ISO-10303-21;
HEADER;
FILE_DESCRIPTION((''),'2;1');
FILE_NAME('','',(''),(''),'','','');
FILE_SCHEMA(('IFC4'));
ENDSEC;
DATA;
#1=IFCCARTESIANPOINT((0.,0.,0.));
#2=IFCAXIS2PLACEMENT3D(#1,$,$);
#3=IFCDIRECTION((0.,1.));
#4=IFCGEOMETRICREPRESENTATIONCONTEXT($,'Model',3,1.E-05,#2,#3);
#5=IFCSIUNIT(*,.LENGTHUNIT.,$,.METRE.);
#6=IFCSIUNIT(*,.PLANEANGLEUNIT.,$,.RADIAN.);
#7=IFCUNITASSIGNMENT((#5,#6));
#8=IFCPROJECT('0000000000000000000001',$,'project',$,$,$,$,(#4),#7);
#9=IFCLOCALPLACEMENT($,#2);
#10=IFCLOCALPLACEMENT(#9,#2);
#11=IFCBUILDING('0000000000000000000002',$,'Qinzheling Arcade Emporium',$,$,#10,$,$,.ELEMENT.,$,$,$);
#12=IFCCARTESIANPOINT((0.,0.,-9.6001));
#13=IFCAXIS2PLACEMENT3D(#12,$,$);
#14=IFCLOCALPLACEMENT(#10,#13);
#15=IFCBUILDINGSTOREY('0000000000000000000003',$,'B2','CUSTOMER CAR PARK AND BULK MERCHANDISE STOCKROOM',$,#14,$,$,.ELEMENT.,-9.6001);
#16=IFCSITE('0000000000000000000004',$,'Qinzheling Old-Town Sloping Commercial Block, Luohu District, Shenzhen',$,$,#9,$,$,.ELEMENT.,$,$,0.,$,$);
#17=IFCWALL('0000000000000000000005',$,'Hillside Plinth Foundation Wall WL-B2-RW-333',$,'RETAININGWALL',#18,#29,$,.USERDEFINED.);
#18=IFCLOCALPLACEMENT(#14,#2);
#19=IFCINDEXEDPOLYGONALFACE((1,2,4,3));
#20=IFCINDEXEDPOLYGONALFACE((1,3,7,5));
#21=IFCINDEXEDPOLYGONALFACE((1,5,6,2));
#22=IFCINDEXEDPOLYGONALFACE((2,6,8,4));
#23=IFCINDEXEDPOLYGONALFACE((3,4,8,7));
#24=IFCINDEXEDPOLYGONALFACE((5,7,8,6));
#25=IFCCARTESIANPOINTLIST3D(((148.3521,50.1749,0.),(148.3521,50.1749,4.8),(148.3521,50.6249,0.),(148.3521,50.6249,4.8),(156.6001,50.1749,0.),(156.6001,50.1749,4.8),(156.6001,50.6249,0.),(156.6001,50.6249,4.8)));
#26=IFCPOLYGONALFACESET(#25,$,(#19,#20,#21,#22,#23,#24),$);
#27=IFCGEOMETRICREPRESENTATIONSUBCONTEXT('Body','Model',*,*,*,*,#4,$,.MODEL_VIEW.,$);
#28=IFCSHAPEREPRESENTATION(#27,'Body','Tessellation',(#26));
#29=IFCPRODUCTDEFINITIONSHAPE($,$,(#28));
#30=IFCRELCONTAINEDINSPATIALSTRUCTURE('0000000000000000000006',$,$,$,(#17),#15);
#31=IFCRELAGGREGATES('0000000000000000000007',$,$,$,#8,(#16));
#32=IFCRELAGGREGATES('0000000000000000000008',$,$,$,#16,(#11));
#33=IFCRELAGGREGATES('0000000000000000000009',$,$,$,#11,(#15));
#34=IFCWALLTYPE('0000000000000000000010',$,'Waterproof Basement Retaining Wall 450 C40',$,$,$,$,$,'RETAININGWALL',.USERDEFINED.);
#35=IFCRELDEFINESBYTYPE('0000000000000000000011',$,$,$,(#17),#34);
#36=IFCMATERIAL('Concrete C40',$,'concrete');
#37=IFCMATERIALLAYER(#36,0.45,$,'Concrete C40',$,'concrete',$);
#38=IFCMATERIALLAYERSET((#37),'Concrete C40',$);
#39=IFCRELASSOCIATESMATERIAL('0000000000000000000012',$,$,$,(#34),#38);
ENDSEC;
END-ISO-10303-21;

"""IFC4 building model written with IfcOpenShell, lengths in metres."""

from ifc_helpers import new_model, si_unit, direction, frame, frame_2d, origin, place, context, subcontext, project, spatial, rectangle, extrude, material, layer, layer_set, type_object, element, save


model = new_model("IFC4")

# Units and contexts
model_context = context("Model", 3, precision=1e-05, world=origin(), true_north=direction((0.0, 1.0)))
body_context = subcontext(model_context, "Body", "Model", "MODEL_VIEW")
ifc_project = project(units=[si_unit("LENGTHUNIT", "METRE"), si_unit("PLANEANGLEUNIT", "RADIAN")], contexts=[model_context])

# Site, building, storey
site_placement = place(None, origin())
site = spatial("IfcSite", under=ifc_project, at=site_placement, Name="Qinzheling Old-Town Sloping Commercial Block, Luohu District, Shenzhen", CompositionType="ELEMENT", RefElevation=0.0)
building_placement = place(site_placement, origin())
building = spatial("IfcBuilding", under=site, at=building_placement, Name="Qinzheling Arcade Emporium", CompositionType="ELEMENT")
storey_placement = place(building_placement, frame((0.0, 0.0, -9.6001)))
storey = spatial("IfcBuildingStorey", under=building, at=storey_placement, Name="B2", Description="CUSTOMER CAR PARK AND BULK MERCHANDISE STOCKROOM", CompositionType="ELEMENT", Elevation=-9.6001)

# Shared definitions
ifc_material_1 = material(Name="Concrete C40", Category="concrete")

# Wall
ifc_layer_1 = layer(ifc_material_1, 0.45, Name="Concrete C40", Category="concrete")
ifc_layer_set_1 = layer_set([ifc_layer_1], Name="Concrete C40")
wall_type_1 = type_object("IfcWallType", Name="Waterproof Basement Retaining Wall 450 C40", ElementType="RETAININGWALL", PredefinedType="USERDEFINED", material=ifc_layer_set_1)
wall_1_placement = place(storey_placement, frame((148.3521, 50.3999, 0.0), z_axis=(0.0, 0.0, 1.0), x_axis=(1.0, 0.0, 0.0)))
element("IfcWall", 1, at=wall_1_placement, inside=storey, type_object=wall_type_1, Name="Hillside Plinth Foundation Wall WL-B2-RW-333", ObjectType="RETAININGWALL", PredefinedType="USERDEFINED", context=body_context, shape_type="SweptSolid", body=[
    extrude(rectangle(XDim=8.248, YDim=0.45, at=frame_2d((4.124, 0.0))), origin(), (0.0, 0.0, 1.0), 4.8),
])

save(model, "model.ifc")
